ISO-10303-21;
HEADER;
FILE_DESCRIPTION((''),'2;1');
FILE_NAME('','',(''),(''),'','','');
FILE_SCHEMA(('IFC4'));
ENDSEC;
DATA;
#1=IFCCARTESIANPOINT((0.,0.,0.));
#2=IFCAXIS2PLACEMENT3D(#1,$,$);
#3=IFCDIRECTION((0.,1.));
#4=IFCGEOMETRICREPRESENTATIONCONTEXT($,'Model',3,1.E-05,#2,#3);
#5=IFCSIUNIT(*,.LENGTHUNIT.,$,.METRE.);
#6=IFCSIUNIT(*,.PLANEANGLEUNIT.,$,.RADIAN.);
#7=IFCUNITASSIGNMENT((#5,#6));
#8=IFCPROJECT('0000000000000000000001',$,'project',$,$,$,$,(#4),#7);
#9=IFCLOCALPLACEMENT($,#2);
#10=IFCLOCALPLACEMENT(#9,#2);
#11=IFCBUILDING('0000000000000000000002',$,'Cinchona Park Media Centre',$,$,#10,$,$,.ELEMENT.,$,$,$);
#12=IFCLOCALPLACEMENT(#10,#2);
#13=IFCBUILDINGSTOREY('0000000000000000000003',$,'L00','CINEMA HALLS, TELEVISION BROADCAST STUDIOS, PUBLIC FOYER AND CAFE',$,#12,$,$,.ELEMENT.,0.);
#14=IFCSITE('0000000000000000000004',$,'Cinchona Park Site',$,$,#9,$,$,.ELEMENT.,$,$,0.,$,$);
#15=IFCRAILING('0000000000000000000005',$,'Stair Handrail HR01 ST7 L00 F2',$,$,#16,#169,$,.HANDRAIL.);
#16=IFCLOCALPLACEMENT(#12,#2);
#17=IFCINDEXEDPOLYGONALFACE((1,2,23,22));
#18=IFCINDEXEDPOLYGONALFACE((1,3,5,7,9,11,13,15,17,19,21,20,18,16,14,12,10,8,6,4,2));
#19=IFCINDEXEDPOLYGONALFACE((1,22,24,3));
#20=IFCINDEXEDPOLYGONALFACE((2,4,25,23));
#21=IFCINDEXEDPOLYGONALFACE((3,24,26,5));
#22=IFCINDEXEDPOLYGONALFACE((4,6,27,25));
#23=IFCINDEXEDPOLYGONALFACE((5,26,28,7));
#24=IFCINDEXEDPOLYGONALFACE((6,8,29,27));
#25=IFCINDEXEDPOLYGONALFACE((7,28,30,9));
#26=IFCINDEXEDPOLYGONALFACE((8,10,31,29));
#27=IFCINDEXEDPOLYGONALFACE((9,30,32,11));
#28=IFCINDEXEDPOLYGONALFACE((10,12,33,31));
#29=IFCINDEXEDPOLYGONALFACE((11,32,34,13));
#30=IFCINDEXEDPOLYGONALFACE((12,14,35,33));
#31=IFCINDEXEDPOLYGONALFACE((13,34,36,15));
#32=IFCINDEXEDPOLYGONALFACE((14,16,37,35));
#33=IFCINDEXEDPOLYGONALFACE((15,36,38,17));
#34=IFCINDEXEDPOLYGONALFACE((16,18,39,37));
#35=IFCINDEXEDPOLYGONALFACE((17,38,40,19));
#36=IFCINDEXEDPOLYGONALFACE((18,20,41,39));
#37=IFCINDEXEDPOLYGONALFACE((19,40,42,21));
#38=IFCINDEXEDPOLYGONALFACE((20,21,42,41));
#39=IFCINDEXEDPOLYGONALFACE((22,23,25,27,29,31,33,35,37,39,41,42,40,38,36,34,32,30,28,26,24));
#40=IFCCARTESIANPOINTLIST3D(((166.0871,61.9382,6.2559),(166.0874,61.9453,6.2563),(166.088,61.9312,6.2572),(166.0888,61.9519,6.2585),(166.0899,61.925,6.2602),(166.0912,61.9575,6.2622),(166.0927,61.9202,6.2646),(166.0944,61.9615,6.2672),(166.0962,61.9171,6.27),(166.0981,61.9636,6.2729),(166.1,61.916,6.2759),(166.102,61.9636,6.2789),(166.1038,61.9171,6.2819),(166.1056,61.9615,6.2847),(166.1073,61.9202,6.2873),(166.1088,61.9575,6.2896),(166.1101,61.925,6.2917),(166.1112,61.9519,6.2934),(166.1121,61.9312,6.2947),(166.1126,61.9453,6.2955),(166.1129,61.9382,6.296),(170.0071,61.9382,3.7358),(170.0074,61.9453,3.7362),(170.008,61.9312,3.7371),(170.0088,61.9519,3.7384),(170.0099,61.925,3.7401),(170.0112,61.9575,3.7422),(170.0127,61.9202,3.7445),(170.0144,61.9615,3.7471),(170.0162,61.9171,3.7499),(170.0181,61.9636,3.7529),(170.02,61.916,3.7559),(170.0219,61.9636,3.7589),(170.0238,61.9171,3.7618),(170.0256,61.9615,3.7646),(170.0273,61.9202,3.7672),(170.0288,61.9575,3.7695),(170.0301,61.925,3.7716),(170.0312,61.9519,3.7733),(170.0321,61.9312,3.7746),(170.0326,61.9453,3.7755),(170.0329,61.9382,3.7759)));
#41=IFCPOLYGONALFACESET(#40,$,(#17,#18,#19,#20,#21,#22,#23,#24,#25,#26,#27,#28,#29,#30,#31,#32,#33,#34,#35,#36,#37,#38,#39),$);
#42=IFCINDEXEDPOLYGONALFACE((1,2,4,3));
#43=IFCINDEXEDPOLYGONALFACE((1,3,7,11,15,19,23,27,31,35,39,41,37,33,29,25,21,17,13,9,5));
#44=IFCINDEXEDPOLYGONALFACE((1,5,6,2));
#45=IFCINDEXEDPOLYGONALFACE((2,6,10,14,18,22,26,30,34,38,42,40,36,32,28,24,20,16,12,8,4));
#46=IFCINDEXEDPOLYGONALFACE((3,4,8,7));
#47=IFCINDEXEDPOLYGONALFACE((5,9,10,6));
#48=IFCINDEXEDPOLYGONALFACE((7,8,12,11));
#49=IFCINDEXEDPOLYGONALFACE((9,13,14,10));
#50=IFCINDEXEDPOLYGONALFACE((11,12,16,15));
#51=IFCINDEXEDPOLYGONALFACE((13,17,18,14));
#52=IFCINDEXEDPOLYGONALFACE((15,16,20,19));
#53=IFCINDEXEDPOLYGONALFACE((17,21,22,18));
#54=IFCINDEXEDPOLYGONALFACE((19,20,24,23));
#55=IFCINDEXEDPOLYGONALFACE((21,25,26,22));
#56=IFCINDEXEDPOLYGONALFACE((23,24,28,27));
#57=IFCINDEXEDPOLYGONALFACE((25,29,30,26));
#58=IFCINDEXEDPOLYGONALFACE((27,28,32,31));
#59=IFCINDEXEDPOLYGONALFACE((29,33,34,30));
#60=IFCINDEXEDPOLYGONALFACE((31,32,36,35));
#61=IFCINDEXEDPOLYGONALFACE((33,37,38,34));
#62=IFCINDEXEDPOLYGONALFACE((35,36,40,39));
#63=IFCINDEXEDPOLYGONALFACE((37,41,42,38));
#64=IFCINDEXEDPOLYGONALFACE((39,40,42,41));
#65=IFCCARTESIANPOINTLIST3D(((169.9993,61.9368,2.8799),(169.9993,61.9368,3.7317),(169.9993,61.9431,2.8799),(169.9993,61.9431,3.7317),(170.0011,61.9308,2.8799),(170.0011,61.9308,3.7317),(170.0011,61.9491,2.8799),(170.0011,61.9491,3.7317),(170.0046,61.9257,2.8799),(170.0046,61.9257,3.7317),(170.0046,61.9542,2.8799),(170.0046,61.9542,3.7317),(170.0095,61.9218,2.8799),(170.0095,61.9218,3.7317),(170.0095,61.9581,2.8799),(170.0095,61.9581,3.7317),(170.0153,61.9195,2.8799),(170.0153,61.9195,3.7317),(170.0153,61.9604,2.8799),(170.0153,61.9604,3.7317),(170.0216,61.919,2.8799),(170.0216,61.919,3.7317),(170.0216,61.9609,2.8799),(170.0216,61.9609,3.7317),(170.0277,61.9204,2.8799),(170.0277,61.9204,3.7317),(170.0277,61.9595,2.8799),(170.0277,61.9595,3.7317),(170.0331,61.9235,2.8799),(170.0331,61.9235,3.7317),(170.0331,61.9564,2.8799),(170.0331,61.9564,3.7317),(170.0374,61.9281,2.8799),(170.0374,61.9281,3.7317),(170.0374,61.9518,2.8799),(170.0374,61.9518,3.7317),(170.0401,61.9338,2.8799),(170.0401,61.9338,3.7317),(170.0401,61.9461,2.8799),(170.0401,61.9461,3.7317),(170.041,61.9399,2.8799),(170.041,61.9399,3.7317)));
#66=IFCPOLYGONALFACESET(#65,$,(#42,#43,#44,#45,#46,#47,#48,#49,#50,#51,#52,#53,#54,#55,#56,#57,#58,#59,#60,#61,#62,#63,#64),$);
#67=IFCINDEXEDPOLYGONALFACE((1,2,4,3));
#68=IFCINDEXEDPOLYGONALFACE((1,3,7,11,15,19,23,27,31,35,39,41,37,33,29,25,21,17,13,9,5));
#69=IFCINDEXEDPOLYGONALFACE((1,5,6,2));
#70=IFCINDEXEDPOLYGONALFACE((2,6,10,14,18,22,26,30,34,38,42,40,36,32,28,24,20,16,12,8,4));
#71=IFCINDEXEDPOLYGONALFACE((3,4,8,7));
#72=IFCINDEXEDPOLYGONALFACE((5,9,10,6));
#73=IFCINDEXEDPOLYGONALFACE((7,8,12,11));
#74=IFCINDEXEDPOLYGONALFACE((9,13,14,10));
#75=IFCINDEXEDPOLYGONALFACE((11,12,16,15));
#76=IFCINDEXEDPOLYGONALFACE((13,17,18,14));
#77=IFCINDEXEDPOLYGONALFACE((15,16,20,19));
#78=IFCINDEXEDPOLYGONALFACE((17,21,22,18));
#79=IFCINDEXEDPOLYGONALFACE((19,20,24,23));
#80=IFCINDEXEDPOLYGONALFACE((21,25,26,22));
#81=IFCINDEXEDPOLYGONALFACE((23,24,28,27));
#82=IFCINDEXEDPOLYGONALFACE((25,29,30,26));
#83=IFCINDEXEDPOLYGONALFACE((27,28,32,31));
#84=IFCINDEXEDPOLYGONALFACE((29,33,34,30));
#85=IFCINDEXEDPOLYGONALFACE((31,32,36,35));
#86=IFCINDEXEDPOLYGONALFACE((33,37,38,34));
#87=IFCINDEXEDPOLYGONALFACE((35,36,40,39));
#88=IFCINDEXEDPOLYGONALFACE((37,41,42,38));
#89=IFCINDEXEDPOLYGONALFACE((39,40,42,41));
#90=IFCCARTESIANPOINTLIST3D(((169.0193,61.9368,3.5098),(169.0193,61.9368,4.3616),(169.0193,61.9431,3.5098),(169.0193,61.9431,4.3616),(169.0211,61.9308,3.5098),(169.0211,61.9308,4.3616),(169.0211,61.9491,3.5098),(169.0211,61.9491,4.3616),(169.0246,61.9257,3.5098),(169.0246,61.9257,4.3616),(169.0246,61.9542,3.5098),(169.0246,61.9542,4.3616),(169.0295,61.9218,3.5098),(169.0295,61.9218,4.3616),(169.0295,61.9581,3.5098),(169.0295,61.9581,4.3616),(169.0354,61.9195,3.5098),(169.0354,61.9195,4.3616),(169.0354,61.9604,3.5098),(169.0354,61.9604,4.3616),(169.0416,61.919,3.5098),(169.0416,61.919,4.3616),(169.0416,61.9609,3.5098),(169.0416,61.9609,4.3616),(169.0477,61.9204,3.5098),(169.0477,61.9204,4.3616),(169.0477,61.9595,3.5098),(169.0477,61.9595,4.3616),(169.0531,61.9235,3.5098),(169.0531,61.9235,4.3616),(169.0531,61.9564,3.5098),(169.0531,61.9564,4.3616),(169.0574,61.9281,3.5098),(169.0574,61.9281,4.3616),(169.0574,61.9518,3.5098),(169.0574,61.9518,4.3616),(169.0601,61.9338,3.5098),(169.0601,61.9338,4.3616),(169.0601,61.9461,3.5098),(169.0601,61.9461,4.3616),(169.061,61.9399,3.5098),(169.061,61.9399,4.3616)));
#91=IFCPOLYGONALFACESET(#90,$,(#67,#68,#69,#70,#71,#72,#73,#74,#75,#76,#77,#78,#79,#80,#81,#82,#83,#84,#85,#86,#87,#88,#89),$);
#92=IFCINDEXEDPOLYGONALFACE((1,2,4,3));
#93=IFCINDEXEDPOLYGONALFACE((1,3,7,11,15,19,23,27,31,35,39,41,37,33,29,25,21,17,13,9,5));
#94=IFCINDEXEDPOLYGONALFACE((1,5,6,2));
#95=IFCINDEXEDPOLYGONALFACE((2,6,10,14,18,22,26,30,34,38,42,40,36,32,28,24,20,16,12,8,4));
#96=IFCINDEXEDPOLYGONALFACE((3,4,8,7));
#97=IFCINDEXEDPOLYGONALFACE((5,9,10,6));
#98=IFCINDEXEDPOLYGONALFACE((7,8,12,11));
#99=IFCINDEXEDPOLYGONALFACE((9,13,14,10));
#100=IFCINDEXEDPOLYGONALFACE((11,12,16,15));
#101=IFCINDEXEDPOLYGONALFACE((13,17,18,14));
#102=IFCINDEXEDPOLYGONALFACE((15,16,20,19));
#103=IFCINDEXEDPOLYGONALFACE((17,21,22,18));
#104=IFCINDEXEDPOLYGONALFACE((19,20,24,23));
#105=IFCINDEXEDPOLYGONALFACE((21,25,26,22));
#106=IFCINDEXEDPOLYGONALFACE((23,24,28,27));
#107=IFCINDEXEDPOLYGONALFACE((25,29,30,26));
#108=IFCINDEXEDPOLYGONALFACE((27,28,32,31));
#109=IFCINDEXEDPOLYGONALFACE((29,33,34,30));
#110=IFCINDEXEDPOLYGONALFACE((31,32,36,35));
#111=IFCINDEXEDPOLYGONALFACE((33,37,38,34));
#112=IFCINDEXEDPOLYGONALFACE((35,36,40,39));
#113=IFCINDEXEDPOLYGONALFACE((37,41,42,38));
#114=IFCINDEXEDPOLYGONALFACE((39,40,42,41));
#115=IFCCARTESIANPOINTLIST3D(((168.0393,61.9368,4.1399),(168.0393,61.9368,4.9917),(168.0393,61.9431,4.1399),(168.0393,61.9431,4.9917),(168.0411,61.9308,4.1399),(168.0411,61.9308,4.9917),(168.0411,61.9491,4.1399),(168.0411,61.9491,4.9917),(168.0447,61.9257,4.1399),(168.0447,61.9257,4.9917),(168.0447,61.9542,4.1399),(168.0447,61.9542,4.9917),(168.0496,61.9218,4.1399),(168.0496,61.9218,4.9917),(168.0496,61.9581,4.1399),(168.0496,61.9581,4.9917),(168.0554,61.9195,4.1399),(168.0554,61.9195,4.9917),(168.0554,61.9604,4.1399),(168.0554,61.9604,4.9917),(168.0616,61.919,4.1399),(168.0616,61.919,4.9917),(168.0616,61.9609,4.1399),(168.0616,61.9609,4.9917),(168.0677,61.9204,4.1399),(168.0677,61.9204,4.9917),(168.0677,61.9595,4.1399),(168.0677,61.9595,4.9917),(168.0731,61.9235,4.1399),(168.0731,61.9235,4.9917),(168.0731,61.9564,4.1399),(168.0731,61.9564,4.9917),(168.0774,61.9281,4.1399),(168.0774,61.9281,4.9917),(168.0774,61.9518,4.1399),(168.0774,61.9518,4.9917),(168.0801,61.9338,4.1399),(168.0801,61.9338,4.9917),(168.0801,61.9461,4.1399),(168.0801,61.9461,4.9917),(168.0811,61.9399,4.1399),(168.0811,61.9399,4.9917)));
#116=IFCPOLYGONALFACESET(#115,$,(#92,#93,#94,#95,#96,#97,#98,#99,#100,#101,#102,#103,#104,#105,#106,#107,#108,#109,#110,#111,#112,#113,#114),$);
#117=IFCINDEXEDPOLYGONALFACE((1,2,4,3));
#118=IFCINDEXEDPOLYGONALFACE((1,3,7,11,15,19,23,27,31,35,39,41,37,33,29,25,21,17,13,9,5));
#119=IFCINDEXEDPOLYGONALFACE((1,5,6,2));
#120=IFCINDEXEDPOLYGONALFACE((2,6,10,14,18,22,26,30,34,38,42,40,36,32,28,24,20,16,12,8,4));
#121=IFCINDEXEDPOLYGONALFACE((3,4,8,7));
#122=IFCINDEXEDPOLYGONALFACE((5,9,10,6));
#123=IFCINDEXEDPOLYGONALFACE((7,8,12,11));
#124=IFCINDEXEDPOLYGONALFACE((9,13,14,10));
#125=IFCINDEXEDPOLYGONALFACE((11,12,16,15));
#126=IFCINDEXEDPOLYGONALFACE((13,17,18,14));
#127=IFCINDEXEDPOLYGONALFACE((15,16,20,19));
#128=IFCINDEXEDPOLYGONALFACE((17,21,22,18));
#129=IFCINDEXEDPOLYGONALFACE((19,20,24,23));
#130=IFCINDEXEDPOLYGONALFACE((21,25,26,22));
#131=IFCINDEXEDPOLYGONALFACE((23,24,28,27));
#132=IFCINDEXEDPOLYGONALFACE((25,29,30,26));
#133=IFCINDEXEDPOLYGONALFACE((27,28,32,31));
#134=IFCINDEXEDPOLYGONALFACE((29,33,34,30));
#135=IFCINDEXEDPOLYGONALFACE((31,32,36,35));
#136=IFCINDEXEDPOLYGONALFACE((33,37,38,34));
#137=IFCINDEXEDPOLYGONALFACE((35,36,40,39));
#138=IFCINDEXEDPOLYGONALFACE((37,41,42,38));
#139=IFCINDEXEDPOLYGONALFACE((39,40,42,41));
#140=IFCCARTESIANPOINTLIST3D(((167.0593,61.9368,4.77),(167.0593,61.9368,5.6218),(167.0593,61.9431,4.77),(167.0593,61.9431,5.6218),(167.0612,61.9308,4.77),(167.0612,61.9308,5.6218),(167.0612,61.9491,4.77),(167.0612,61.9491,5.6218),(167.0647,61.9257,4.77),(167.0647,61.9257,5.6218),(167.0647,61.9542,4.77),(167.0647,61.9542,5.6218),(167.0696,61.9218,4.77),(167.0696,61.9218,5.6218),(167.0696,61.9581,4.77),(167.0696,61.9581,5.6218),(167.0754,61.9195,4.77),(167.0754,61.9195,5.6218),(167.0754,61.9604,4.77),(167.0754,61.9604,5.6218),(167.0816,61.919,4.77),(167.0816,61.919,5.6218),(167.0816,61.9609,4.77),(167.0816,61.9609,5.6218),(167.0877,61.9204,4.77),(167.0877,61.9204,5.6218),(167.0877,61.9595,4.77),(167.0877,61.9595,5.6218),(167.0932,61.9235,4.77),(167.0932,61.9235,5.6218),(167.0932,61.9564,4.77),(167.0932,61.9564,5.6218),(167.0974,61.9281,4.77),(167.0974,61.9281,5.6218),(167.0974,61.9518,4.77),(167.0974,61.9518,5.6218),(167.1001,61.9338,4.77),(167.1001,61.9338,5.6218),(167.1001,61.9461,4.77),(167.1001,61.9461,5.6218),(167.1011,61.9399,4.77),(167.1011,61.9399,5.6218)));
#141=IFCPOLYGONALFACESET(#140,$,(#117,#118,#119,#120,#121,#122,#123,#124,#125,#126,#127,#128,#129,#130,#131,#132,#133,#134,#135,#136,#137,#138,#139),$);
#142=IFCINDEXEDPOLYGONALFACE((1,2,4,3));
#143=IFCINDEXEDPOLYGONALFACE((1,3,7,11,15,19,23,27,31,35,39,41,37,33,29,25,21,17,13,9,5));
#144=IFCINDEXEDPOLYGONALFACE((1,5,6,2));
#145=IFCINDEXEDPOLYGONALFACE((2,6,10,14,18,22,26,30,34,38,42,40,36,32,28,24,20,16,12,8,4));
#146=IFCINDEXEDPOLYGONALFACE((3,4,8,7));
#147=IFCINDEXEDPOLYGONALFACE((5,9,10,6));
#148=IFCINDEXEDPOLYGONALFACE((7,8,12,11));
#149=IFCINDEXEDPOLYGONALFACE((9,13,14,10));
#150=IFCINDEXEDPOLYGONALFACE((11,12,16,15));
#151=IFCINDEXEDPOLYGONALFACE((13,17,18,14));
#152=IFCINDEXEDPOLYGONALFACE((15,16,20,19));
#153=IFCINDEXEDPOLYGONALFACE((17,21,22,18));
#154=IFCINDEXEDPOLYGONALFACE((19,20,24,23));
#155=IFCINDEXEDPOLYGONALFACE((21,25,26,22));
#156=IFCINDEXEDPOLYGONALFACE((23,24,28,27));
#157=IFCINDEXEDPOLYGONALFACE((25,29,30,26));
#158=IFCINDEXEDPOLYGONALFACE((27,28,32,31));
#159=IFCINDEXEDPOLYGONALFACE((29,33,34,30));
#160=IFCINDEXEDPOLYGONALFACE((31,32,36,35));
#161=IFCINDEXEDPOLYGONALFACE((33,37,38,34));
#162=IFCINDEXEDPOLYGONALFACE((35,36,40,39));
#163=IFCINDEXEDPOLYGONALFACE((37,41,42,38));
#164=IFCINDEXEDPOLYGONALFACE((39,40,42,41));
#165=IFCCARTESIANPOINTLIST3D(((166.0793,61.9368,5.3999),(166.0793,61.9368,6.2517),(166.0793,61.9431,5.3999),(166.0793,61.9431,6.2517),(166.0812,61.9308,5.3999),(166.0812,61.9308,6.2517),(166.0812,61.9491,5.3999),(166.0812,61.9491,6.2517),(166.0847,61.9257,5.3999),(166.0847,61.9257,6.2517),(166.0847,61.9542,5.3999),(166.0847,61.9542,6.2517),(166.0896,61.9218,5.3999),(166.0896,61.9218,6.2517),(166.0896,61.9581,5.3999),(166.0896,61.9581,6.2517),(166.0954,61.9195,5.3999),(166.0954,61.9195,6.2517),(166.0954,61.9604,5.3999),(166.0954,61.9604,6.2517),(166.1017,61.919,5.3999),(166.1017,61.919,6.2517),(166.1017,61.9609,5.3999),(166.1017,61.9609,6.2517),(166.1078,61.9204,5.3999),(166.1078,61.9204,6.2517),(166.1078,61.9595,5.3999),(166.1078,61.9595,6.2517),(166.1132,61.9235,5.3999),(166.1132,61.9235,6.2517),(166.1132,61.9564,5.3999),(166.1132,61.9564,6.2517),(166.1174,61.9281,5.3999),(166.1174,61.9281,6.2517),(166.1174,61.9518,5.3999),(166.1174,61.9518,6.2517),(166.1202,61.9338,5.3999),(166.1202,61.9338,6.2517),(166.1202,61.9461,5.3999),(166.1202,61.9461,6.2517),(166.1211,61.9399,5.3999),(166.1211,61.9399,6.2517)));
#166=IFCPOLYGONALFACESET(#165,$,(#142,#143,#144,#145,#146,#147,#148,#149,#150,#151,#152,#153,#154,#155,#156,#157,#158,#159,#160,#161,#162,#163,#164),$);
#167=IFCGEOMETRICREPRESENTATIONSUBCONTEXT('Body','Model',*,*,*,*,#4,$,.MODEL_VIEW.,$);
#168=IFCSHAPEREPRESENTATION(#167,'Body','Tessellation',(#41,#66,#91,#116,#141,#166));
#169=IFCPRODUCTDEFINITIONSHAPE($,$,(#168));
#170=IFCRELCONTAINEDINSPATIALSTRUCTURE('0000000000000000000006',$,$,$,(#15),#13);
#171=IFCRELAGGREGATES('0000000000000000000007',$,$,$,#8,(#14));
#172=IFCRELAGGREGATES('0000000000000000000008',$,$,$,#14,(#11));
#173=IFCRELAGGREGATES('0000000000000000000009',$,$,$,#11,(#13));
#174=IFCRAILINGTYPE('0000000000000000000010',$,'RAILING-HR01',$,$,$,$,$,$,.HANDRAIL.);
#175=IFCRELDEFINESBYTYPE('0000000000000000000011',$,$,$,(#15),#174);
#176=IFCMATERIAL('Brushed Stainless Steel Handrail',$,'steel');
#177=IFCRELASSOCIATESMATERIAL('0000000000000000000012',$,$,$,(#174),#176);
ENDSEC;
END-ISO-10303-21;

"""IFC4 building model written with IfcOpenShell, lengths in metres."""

from ifc_helpers import new_model, si_unit, direction, frame, origin, origin_2d, place, context, subcontext, project, spatial, circle, extrude, material, type_object, element, save


model = new_model("IFC4")

# Units and contexts
model_context = context("Model", 3, precision=1e-05, world=origin(), true_north=direction((0.0, 1.0)))
body_context = subcontext(model_context, "Body", "Model", "MODEL_VIEW")
ifc_project = project(units=[si_unit("LENGTHUNIT", "METRE"), si_unit("PLANEANGLEUNIT", "RADIAN")], contexts=[model_context])

# Site, building, storey
site_placement = place(None, origin())
site = spatial("IfcSite", under=ifc_project, at=site_placement, Name="Cinchona Park Site", CompositionType="ELEMENT", RefElevation=0.0)
building_placement = place(site_placement, origin())
building = spatial("IfcBuilding", under=site, at=building_placement, Name="Cinchona Park Media Centre", CompositionType="ELEMENT")
storey_placement = place(building_placement, origin())
storey = spatial("IfcBuildingStorey", under=building, at=storey_placement, Name="L00", Description="CINEMA HALLS, TELEVISION BROADCAST STUDIOS, PUBLIC FOYER AND CAFE", CompositionType="ELEMENT", Elevation=0.0)

# Railing
ifc_material_1 = material(Name="Brushed Stainless Steel Handrail", Category="steel")
railing_type_1 = type_object("IfcRailingType", Name="RAILING-HR01", PredefinedType="HANDRAIL", material=ifc_material_1)
railing_1_placement = place(storey_placement, frame((170.02, 61.9399, 2.8799)))
element("IfcRailing", 1, at=railing_1_placement, inside=storey, type_object=railing_type_1, Name="Stair Handrail HR01 ST7 L00 F2", PredefinedType="HANDRAIL", context=body_context, shape_type="SweptSolid", body=[
    extrude(circle(Radius=0.0239, at=origin_2d()), frame((0.0, 0.0, 0.876), z_axis=(-0.841172, 0.0, 0.540768), x_axis=(0.0, -1.0, 0.0)), (0.0, 0.0, 1.0), 4.6602),
    extrude(circle(Radius=0.021, at=origin_2d()), origin(), (0.0, 0.0, 1.0), 0.8518),
    extrude(circle(Radius=0.021, at=origin_2d()), frame((-0.98, 0.0, 0.6299)), (0.0, 0.0, 1.0), 0.8518),
    extrude(circle(Radius=0.021, at=origin_2d()), frame((-1.96, 0.0, 1.26)), (0.0, 0.0, 1.0), 0.8518),
    extrude(circle(Radius=0.021, at=origin_2d()), frame((-2.9399, 0.0, 1.8901)), (0.0, 0.0, 1.0), 0.8518),
    extrude(circle(Radius=0.021, at=origin_2d()), frame((-3.9199, 0.0, 2.52)), (0.0, 0.0, 1.0), 0.8518),
])

save(model, "model.ifc")
